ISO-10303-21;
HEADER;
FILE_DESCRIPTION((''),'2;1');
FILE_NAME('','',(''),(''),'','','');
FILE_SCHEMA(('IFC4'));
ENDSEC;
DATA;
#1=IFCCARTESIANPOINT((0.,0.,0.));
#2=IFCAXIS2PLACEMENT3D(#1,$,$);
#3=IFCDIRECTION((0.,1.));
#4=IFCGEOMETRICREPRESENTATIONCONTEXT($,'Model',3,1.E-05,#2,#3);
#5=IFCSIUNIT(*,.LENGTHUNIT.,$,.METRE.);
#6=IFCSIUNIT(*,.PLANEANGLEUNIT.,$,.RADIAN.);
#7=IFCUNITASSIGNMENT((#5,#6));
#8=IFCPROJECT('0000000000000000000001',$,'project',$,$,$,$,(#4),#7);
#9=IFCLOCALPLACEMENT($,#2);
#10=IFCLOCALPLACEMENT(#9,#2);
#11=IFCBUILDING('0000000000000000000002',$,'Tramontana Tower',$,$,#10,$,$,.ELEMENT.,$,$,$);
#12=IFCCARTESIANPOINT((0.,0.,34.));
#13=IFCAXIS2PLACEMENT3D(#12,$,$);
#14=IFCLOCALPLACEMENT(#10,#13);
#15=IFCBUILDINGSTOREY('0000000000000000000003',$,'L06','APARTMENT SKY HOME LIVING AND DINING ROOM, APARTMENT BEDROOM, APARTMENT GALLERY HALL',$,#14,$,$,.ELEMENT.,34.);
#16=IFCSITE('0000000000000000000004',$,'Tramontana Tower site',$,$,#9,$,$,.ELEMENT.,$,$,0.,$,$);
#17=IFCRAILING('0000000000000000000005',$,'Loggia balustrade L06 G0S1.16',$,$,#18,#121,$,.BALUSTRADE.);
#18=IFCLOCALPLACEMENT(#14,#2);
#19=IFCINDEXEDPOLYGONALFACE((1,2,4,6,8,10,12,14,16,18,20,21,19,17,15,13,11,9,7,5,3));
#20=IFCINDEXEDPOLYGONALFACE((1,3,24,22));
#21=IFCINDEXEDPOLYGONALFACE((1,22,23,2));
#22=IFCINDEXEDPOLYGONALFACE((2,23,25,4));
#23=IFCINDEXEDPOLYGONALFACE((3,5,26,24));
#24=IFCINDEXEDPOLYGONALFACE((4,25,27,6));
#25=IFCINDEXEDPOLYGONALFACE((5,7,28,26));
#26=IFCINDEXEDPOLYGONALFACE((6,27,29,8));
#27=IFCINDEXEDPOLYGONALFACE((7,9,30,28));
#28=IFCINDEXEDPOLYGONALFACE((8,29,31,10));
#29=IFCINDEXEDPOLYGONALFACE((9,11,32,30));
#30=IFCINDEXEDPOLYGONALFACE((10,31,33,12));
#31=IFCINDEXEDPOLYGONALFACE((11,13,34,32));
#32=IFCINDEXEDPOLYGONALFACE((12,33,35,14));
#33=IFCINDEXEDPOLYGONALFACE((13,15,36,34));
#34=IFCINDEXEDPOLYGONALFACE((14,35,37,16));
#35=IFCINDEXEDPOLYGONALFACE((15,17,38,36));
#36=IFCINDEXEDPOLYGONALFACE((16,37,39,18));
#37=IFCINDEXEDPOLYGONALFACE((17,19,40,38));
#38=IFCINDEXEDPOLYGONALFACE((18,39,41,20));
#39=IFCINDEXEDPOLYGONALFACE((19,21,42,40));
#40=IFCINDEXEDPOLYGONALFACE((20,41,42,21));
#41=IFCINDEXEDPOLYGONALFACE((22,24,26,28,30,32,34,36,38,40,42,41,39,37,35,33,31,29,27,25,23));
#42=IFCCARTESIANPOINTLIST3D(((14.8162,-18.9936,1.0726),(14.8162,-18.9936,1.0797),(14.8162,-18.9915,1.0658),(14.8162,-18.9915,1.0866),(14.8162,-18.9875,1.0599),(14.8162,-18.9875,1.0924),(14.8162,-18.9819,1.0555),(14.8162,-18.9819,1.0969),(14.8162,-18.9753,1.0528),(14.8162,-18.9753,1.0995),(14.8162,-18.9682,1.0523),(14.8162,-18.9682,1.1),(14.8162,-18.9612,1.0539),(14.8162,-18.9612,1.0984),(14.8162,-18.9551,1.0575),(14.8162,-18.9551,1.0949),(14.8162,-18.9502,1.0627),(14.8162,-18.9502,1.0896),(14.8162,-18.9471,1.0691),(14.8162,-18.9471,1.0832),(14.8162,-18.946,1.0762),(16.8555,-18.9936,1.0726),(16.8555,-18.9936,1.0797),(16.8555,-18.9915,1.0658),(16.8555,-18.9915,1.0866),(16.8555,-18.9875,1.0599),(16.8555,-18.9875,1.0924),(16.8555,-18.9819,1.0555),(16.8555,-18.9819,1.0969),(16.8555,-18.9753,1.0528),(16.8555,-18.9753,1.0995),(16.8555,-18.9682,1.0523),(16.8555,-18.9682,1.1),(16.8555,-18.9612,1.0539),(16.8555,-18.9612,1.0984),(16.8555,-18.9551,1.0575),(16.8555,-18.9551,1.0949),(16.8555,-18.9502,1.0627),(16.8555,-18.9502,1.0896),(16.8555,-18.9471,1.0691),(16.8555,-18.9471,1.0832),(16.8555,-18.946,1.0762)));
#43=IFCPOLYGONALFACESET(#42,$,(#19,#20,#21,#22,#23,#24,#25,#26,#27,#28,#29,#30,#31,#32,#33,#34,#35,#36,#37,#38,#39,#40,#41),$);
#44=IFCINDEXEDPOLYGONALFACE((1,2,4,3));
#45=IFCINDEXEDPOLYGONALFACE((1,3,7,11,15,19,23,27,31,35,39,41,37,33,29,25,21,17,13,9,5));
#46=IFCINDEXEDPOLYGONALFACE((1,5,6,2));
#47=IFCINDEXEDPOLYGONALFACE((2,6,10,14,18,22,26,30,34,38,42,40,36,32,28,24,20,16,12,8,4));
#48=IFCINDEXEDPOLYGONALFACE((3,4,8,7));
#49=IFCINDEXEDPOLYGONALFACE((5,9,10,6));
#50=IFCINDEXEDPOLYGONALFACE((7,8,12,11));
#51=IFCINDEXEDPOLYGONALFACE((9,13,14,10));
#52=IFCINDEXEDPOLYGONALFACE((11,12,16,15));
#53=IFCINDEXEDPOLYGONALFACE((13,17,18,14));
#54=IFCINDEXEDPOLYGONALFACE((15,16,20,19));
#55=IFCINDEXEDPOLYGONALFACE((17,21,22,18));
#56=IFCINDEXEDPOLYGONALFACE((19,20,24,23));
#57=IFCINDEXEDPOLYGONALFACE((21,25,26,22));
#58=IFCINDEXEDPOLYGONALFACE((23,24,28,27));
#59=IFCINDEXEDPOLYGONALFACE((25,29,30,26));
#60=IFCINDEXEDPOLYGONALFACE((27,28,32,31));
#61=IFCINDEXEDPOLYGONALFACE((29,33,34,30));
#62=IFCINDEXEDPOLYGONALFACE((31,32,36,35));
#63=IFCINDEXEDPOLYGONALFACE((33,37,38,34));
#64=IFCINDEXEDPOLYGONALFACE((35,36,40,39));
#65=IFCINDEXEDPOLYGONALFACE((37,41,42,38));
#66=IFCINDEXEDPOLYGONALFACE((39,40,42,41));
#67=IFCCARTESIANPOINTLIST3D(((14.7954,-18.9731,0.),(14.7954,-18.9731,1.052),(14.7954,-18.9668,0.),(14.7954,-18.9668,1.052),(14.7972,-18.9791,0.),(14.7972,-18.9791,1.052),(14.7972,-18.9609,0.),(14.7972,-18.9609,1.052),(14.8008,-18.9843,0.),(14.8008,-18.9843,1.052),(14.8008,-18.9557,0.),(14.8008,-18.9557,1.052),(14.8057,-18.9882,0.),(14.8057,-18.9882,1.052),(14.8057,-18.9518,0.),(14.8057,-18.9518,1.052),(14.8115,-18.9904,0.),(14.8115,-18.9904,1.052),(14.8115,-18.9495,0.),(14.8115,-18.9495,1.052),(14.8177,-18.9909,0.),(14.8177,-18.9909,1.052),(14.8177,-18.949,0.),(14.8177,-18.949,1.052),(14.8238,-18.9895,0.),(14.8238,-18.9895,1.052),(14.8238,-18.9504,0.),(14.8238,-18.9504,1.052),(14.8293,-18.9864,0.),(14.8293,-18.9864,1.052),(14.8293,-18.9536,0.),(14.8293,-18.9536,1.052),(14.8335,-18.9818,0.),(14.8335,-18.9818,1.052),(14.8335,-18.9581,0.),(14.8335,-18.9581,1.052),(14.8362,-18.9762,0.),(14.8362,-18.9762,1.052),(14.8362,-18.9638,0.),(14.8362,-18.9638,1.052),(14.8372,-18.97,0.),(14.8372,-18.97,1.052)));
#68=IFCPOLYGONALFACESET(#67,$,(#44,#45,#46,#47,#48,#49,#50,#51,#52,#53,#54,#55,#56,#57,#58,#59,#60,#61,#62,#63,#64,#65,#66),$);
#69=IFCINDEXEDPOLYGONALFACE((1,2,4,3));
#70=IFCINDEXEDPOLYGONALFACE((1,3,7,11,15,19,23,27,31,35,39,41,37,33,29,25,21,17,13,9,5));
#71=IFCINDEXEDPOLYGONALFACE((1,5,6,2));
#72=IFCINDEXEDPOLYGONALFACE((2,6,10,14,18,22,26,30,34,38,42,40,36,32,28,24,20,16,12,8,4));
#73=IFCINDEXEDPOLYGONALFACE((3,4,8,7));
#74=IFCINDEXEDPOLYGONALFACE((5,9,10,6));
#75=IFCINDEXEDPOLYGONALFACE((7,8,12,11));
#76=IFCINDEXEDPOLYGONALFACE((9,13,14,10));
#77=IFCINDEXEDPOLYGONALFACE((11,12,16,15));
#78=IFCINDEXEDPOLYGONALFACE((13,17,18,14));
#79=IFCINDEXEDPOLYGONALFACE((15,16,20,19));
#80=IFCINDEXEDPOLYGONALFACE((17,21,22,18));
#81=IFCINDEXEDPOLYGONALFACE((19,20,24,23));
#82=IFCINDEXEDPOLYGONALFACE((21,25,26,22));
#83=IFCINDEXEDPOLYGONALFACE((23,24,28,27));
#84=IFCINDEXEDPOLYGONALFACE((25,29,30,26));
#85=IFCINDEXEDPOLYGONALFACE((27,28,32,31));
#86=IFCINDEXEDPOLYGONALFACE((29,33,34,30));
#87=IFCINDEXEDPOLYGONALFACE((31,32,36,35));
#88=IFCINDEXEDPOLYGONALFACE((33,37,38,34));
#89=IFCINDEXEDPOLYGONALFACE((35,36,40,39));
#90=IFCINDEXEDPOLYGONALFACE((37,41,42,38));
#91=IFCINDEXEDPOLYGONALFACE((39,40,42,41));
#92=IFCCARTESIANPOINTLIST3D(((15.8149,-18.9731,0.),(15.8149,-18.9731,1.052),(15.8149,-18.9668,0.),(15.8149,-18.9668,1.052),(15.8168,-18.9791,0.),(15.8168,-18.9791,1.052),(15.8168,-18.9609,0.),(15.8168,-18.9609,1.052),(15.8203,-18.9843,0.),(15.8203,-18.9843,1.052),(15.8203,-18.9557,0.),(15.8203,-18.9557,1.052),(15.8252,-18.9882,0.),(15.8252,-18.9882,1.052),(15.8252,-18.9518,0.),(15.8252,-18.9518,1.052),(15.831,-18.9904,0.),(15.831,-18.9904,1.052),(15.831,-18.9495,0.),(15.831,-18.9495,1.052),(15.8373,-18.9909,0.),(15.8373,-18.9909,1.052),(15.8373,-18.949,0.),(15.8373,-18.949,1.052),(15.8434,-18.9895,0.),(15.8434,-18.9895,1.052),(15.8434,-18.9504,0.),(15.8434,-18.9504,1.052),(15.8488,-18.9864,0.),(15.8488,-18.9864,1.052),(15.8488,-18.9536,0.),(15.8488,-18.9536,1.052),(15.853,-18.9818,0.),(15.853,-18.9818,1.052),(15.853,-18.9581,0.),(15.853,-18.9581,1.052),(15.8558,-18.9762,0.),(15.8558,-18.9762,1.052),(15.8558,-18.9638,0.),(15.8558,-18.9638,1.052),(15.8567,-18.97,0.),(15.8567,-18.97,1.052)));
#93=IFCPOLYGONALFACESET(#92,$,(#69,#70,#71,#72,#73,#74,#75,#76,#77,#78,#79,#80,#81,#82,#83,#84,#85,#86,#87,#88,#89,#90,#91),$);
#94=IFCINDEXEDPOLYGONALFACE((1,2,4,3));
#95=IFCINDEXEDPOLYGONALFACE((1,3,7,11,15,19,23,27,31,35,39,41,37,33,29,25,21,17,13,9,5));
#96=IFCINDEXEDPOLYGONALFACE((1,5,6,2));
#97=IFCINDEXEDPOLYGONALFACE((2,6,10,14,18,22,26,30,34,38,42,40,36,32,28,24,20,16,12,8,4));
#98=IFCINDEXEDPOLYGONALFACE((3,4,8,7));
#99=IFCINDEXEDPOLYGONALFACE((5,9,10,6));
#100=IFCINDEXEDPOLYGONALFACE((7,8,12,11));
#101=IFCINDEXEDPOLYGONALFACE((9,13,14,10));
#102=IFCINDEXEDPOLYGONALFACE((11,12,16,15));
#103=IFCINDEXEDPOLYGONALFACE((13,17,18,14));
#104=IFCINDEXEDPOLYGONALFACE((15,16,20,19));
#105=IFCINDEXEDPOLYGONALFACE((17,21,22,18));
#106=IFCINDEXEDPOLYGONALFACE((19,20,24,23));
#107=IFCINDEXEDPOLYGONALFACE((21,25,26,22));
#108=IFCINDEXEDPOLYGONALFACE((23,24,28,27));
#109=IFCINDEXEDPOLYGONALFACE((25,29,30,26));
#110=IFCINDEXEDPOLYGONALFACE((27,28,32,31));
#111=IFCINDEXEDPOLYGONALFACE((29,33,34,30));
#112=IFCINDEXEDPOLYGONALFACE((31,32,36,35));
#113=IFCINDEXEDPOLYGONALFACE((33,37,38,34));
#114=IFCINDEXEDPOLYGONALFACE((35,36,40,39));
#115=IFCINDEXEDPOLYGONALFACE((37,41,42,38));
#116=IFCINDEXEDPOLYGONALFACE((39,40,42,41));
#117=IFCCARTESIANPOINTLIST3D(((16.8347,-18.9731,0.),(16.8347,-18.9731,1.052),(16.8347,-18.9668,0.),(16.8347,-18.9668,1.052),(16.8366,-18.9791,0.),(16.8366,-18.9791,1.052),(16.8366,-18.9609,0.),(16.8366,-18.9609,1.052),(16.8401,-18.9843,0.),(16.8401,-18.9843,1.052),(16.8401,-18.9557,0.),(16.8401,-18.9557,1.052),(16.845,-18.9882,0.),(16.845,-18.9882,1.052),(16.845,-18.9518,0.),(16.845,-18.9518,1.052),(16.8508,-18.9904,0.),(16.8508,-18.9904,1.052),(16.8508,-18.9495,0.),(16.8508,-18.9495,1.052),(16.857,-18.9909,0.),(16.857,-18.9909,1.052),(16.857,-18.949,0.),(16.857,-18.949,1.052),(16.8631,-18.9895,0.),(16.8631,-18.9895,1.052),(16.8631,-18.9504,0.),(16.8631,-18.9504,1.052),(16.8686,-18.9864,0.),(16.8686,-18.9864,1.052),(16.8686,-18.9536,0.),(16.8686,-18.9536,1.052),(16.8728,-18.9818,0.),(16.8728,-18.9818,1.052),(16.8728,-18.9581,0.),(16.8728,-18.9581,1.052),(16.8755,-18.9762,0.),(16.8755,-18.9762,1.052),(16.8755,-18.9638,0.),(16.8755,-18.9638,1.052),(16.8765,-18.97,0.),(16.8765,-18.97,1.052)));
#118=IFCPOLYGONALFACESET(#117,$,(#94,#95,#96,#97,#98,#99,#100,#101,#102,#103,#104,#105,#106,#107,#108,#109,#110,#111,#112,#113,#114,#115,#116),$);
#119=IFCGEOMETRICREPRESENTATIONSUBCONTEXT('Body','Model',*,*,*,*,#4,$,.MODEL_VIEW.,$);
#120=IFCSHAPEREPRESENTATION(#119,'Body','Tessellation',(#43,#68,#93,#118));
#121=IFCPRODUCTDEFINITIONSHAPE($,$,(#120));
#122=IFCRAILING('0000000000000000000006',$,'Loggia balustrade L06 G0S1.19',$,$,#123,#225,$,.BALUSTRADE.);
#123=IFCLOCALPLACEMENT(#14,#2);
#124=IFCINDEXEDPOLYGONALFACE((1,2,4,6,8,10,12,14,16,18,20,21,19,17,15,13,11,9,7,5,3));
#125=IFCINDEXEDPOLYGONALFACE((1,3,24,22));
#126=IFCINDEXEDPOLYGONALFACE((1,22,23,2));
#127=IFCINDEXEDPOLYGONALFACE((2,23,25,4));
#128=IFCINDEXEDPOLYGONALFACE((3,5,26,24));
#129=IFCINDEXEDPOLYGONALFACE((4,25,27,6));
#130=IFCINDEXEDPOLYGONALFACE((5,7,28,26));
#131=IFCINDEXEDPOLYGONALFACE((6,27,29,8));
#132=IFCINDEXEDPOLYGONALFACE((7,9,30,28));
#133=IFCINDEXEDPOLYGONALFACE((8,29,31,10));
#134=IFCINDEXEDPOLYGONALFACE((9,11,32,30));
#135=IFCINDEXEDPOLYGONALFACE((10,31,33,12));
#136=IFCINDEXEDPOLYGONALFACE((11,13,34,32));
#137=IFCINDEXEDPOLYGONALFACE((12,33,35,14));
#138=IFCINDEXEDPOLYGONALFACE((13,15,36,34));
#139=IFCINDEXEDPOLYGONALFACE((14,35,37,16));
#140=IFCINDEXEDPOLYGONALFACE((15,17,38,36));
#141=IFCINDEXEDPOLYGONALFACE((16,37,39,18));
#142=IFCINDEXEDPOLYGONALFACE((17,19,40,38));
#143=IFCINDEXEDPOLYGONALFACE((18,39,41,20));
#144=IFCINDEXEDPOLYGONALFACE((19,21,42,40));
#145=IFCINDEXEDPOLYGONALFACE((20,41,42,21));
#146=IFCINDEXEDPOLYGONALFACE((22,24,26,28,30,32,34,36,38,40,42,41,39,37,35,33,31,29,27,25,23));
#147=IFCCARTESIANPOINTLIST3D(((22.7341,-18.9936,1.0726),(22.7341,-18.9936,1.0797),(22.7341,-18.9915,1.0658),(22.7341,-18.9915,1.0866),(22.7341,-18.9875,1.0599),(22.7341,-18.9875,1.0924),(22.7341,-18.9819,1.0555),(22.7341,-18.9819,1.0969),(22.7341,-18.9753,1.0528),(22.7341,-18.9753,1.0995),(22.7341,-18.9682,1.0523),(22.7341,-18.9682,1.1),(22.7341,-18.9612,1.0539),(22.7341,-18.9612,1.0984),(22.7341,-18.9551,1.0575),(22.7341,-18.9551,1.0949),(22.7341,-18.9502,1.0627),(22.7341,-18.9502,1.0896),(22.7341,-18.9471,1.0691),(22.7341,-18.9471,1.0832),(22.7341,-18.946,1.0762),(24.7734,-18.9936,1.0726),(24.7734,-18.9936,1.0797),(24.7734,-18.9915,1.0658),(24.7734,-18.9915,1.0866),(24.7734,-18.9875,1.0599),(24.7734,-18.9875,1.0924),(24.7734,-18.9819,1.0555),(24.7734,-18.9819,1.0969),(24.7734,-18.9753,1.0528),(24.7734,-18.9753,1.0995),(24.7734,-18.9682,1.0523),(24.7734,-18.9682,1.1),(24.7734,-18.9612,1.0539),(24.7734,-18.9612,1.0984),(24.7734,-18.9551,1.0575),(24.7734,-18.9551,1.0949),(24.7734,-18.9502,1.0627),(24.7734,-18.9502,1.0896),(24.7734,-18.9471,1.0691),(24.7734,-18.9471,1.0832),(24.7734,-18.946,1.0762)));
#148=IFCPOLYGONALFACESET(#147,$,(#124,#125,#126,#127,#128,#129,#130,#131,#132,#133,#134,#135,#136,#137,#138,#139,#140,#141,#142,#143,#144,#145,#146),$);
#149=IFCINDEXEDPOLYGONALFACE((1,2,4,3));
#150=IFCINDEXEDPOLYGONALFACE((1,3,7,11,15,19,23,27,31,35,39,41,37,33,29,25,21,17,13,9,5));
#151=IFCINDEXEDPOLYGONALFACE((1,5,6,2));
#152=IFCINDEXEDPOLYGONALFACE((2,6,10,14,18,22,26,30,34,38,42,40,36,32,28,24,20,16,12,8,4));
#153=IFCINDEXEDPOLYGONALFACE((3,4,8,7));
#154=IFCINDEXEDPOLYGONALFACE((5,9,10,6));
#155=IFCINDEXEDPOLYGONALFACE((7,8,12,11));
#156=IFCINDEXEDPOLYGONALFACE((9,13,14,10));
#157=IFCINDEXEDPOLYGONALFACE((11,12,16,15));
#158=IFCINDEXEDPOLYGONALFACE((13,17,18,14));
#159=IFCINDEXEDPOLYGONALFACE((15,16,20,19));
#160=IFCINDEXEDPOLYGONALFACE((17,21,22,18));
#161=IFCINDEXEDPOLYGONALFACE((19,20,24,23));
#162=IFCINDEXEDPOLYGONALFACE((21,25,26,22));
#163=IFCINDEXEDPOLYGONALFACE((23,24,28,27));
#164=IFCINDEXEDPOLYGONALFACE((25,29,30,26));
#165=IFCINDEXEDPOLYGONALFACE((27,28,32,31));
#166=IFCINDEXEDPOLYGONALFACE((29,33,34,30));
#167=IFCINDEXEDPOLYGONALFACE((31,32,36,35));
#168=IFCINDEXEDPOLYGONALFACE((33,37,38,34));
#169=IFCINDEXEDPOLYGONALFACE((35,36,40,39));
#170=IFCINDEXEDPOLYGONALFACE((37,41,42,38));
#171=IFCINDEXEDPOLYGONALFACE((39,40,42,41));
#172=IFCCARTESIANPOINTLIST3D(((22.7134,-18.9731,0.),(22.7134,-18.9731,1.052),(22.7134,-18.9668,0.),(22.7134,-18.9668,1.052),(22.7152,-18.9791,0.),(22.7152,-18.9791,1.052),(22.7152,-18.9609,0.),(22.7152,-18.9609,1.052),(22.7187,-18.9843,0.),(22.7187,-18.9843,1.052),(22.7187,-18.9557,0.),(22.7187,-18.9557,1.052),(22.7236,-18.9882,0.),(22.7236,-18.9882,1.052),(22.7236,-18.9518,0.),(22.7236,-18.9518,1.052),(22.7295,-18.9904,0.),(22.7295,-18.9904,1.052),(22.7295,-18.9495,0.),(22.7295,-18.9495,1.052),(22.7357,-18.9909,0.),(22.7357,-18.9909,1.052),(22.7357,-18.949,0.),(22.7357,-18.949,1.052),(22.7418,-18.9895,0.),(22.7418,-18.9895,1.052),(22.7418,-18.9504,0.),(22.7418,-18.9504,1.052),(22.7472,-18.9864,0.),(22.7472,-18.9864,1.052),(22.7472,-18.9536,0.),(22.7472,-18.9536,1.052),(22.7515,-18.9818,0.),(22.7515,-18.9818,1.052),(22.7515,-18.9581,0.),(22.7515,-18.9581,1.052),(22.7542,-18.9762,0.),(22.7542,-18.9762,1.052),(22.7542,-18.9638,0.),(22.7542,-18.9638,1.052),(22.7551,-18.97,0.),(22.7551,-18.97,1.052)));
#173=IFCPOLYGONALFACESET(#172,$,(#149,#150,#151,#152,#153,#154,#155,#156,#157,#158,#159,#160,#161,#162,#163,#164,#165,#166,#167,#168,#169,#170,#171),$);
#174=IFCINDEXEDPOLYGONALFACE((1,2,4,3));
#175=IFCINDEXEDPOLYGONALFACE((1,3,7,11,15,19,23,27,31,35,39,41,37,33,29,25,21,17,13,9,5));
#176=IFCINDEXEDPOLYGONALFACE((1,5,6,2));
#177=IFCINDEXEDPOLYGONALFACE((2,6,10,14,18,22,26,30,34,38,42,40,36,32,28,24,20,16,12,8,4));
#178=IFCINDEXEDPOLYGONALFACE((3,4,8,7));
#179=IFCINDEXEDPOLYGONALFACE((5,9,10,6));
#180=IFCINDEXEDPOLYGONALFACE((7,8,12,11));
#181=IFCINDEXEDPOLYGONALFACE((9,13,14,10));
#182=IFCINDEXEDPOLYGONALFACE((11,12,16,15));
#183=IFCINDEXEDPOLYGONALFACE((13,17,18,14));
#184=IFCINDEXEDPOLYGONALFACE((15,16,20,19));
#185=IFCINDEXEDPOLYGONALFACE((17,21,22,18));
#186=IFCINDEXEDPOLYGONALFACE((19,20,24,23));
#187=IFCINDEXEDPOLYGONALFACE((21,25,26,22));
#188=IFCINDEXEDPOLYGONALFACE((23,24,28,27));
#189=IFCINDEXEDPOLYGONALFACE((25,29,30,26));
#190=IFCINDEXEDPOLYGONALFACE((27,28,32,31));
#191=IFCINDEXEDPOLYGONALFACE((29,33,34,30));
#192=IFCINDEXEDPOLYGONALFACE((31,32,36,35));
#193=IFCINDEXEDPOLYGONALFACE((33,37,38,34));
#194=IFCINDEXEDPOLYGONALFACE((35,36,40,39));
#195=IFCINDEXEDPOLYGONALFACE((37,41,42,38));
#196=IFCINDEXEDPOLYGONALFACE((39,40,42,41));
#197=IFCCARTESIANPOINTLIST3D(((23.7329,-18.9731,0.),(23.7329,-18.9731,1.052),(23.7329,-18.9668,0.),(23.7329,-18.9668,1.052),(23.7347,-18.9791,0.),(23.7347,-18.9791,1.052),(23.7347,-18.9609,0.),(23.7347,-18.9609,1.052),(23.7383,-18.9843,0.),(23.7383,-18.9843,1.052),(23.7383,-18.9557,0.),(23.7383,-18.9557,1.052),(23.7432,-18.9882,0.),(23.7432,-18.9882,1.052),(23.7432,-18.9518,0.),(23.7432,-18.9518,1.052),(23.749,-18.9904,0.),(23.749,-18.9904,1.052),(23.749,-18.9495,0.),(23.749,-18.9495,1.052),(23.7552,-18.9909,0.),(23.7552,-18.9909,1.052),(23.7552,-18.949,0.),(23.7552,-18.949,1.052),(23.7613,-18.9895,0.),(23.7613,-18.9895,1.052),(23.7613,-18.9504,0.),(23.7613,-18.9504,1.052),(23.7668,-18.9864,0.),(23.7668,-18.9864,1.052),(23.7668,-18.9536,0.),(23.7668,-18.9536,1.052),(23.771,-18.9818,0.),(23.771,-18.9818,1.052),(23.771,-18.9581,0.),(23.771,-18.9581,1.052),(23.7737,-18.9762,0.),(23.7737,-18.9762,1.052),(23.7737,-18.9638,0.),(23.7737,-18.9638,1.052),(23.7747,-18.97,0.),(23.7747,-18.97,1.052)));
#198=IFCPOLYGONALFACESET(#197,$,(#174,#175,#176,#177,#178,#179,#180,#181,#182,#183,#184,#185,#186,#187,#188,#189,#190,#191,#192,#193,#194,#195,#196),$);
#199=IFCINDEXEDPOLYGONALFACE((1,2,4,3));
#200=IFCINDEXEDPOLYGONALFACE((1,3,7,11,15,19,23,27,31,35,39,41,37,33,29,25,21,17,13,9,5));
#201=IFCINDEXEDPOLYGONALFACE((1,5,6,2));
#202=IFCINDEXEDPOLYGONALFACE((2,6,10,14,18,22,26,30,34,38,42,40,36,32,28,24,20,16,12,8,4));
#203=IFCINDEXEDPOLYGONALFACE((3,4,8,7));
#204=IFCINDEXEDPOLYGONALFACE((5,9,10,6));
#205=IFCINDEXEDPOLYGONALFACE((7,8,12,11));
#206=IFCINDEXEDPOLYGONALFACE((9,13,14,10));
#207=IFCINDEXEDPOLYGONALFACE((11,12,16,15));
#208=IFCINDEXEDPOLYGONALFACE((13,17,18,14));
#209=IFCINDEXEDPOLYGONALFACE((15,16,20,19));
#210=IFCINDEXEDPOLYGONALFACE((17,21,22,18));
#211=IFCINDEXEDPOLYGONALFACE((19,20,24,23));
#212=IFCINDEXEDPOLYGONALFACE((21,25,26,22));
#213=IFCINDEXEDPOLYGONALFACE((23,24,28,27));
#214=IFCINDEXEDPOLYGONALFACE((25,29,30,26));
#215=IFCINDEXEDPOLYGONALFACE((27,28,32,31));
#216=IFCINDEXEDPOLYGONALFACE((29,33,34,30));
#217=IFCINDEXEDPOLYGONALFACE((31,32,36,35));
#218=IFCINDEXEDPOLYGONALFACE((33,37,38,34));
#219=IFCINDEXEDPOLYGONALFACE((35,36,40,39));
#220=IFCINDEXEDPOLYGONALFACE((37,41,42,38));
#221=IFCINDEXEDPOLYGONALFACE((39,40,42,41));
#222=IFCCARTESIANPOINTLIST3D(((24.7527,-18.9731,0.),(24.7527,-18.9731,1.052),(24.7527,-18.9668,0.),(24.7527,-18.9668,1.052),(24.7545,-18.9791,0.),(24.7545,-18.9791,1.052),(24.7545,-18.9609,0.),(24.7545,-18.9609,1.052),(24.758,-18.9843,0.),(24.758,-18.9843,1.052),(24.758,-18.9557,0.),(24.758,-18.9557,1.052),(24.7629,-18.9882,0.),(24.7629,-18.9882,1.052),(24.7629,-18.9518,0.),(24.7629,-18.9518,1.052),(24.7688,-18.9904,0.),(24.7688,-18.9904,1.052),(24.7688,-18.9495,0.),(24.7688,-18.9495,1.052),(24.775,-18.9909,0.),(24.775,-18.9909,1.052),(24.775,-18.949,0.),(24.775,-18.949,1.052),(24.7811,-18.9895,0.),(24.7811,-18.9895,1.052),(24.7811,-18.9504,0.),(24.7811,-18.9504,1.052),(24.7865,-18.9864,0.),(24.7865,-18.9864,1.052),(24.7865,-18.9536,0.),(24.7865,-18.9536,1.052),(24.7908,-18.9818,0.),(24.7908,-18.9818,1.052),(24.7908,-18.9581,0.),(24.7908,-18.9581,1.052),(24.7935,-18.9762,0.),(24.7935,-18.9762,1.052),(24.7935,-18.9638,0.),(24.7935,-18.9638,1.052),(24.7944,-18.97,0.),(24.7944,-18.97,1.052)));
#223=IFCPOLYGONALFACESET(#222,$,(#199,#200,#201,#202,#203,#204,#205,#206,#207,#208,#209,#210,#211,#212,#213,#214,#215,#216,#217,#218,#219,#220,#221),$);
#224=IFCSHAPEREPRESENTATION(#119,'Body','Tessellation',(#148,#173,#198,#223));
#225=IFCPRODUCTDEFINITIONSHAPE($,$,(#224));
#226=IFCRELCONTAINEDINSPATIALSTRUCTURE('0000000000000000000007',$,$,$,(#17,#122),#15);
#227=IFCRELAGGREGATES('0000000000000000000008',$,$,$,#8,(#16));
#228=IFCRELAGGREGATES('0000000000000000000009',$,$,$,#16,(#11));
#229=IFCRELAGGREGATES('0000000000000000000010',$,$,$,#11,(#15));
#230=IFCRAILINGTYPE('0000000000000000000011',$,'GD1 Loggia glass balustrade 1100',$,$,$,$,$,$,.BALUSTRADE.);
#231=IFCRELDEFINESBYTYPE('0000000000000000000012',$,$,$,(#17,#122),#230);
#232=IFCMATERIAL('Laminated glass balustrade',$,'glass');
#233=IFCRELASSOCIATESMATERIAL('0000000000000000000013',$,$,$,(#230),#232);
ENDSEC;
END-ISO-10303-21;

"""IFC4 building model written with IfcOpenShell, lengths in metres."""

from ifc_helpers import new_model, si_unit, direction, frame, origin, origin_2d, place, context, subcontext, project, spatial, circle, extrude, material, type_object, element, save


model = new_model("IFC4")

# Units and contexts
model_context = context("Model", 3, precision=1e-05, world=origin(), true_north=direction((0.0, 1.0)))
body_context = subcontext(model_context, "Body", "Model", "MODEL_VIEW")
ifc_project = project(units=[si_unit("LENGTHUNIT", "METRE"), si_unit("PLANEANGLEUNIT", "RADIAN")], contexts=[model_context])

# Site, building, storey
site_placement = place(None, origin())
site = spatial("IfcSite", under=ifc_project, at=site_placement, Name="Tramontana Tower site", CompositionType="ELEMENT", RefElevation=0.0)
building_placement = place(site_placement, origin())
building = spatial("IfcBuilding", under=site, at=building_placement, Name="Tramontana Tower", CompositionType="ELEMENT")
storey_placement = place(building_placement, frame((0.0, 0.0, 34.0)))
storey = spatial("IfcBuildingStorey", under=building, at=storey_placement, Name="L06", Description="APARTMENT SKY HOME LIVING AND DINING ROOM, APARTMENT BEDROOM, APARTMENT GALLERY HALL", CompositionType="ELEMENT", Elevation=34.0)

# Railings
ifc_material_1 = material(Name="Laminated glass balustrade", Category="glass")
railing_type = type_object("IfcRailingType", Name="GD1 Loggia glass balustrade 1100", PredefinedType="BALUSTRADE", material=ifc_material_1)
for number, where, name in (
    (1, (14.8162, -18.97, 0.0), "Loggia balustrade L06 G0S1.16"),
    (2, (22.7341, -18.97, 0.0), "Loggia balustrade L06 G0S1.19"),
):
    element("IfcRailing", number, at=place(storey_placement, frame(where)), inside=storey, type_object=railing_type, Name=name, PredefinedType="BALUSTRADE", context=body_context, shape_type="SweptSolid", body=[
        extrude(circle(Radius=0.0239, at=origin_2d()), frame((0.0, 0.0, 1.0762), z_axis=(1.0, 0.0, 0.0), x_axis=(0.0, 1.0, 0.0)), (0.0, 0.0, 1.0), 2.0393),
        extrude(circle(Radius=0.021, at=origin_2d()), origin(), (0.0, 0.0, 1.0), 1.052),
        extrude(circle(Radius=0.021, at=origin_2d()), frame((1.0195, 0.0, 0.0)), (0.0, 0.0, 1.0), 1.052),
        extrude(circle(Radius=0.021, at=origin_2d()), frame((2.0393, 0.0, 0.0)), (0.0, 0.0, 1.0), 1.052),
    ])

save(model, "model.ifc")
